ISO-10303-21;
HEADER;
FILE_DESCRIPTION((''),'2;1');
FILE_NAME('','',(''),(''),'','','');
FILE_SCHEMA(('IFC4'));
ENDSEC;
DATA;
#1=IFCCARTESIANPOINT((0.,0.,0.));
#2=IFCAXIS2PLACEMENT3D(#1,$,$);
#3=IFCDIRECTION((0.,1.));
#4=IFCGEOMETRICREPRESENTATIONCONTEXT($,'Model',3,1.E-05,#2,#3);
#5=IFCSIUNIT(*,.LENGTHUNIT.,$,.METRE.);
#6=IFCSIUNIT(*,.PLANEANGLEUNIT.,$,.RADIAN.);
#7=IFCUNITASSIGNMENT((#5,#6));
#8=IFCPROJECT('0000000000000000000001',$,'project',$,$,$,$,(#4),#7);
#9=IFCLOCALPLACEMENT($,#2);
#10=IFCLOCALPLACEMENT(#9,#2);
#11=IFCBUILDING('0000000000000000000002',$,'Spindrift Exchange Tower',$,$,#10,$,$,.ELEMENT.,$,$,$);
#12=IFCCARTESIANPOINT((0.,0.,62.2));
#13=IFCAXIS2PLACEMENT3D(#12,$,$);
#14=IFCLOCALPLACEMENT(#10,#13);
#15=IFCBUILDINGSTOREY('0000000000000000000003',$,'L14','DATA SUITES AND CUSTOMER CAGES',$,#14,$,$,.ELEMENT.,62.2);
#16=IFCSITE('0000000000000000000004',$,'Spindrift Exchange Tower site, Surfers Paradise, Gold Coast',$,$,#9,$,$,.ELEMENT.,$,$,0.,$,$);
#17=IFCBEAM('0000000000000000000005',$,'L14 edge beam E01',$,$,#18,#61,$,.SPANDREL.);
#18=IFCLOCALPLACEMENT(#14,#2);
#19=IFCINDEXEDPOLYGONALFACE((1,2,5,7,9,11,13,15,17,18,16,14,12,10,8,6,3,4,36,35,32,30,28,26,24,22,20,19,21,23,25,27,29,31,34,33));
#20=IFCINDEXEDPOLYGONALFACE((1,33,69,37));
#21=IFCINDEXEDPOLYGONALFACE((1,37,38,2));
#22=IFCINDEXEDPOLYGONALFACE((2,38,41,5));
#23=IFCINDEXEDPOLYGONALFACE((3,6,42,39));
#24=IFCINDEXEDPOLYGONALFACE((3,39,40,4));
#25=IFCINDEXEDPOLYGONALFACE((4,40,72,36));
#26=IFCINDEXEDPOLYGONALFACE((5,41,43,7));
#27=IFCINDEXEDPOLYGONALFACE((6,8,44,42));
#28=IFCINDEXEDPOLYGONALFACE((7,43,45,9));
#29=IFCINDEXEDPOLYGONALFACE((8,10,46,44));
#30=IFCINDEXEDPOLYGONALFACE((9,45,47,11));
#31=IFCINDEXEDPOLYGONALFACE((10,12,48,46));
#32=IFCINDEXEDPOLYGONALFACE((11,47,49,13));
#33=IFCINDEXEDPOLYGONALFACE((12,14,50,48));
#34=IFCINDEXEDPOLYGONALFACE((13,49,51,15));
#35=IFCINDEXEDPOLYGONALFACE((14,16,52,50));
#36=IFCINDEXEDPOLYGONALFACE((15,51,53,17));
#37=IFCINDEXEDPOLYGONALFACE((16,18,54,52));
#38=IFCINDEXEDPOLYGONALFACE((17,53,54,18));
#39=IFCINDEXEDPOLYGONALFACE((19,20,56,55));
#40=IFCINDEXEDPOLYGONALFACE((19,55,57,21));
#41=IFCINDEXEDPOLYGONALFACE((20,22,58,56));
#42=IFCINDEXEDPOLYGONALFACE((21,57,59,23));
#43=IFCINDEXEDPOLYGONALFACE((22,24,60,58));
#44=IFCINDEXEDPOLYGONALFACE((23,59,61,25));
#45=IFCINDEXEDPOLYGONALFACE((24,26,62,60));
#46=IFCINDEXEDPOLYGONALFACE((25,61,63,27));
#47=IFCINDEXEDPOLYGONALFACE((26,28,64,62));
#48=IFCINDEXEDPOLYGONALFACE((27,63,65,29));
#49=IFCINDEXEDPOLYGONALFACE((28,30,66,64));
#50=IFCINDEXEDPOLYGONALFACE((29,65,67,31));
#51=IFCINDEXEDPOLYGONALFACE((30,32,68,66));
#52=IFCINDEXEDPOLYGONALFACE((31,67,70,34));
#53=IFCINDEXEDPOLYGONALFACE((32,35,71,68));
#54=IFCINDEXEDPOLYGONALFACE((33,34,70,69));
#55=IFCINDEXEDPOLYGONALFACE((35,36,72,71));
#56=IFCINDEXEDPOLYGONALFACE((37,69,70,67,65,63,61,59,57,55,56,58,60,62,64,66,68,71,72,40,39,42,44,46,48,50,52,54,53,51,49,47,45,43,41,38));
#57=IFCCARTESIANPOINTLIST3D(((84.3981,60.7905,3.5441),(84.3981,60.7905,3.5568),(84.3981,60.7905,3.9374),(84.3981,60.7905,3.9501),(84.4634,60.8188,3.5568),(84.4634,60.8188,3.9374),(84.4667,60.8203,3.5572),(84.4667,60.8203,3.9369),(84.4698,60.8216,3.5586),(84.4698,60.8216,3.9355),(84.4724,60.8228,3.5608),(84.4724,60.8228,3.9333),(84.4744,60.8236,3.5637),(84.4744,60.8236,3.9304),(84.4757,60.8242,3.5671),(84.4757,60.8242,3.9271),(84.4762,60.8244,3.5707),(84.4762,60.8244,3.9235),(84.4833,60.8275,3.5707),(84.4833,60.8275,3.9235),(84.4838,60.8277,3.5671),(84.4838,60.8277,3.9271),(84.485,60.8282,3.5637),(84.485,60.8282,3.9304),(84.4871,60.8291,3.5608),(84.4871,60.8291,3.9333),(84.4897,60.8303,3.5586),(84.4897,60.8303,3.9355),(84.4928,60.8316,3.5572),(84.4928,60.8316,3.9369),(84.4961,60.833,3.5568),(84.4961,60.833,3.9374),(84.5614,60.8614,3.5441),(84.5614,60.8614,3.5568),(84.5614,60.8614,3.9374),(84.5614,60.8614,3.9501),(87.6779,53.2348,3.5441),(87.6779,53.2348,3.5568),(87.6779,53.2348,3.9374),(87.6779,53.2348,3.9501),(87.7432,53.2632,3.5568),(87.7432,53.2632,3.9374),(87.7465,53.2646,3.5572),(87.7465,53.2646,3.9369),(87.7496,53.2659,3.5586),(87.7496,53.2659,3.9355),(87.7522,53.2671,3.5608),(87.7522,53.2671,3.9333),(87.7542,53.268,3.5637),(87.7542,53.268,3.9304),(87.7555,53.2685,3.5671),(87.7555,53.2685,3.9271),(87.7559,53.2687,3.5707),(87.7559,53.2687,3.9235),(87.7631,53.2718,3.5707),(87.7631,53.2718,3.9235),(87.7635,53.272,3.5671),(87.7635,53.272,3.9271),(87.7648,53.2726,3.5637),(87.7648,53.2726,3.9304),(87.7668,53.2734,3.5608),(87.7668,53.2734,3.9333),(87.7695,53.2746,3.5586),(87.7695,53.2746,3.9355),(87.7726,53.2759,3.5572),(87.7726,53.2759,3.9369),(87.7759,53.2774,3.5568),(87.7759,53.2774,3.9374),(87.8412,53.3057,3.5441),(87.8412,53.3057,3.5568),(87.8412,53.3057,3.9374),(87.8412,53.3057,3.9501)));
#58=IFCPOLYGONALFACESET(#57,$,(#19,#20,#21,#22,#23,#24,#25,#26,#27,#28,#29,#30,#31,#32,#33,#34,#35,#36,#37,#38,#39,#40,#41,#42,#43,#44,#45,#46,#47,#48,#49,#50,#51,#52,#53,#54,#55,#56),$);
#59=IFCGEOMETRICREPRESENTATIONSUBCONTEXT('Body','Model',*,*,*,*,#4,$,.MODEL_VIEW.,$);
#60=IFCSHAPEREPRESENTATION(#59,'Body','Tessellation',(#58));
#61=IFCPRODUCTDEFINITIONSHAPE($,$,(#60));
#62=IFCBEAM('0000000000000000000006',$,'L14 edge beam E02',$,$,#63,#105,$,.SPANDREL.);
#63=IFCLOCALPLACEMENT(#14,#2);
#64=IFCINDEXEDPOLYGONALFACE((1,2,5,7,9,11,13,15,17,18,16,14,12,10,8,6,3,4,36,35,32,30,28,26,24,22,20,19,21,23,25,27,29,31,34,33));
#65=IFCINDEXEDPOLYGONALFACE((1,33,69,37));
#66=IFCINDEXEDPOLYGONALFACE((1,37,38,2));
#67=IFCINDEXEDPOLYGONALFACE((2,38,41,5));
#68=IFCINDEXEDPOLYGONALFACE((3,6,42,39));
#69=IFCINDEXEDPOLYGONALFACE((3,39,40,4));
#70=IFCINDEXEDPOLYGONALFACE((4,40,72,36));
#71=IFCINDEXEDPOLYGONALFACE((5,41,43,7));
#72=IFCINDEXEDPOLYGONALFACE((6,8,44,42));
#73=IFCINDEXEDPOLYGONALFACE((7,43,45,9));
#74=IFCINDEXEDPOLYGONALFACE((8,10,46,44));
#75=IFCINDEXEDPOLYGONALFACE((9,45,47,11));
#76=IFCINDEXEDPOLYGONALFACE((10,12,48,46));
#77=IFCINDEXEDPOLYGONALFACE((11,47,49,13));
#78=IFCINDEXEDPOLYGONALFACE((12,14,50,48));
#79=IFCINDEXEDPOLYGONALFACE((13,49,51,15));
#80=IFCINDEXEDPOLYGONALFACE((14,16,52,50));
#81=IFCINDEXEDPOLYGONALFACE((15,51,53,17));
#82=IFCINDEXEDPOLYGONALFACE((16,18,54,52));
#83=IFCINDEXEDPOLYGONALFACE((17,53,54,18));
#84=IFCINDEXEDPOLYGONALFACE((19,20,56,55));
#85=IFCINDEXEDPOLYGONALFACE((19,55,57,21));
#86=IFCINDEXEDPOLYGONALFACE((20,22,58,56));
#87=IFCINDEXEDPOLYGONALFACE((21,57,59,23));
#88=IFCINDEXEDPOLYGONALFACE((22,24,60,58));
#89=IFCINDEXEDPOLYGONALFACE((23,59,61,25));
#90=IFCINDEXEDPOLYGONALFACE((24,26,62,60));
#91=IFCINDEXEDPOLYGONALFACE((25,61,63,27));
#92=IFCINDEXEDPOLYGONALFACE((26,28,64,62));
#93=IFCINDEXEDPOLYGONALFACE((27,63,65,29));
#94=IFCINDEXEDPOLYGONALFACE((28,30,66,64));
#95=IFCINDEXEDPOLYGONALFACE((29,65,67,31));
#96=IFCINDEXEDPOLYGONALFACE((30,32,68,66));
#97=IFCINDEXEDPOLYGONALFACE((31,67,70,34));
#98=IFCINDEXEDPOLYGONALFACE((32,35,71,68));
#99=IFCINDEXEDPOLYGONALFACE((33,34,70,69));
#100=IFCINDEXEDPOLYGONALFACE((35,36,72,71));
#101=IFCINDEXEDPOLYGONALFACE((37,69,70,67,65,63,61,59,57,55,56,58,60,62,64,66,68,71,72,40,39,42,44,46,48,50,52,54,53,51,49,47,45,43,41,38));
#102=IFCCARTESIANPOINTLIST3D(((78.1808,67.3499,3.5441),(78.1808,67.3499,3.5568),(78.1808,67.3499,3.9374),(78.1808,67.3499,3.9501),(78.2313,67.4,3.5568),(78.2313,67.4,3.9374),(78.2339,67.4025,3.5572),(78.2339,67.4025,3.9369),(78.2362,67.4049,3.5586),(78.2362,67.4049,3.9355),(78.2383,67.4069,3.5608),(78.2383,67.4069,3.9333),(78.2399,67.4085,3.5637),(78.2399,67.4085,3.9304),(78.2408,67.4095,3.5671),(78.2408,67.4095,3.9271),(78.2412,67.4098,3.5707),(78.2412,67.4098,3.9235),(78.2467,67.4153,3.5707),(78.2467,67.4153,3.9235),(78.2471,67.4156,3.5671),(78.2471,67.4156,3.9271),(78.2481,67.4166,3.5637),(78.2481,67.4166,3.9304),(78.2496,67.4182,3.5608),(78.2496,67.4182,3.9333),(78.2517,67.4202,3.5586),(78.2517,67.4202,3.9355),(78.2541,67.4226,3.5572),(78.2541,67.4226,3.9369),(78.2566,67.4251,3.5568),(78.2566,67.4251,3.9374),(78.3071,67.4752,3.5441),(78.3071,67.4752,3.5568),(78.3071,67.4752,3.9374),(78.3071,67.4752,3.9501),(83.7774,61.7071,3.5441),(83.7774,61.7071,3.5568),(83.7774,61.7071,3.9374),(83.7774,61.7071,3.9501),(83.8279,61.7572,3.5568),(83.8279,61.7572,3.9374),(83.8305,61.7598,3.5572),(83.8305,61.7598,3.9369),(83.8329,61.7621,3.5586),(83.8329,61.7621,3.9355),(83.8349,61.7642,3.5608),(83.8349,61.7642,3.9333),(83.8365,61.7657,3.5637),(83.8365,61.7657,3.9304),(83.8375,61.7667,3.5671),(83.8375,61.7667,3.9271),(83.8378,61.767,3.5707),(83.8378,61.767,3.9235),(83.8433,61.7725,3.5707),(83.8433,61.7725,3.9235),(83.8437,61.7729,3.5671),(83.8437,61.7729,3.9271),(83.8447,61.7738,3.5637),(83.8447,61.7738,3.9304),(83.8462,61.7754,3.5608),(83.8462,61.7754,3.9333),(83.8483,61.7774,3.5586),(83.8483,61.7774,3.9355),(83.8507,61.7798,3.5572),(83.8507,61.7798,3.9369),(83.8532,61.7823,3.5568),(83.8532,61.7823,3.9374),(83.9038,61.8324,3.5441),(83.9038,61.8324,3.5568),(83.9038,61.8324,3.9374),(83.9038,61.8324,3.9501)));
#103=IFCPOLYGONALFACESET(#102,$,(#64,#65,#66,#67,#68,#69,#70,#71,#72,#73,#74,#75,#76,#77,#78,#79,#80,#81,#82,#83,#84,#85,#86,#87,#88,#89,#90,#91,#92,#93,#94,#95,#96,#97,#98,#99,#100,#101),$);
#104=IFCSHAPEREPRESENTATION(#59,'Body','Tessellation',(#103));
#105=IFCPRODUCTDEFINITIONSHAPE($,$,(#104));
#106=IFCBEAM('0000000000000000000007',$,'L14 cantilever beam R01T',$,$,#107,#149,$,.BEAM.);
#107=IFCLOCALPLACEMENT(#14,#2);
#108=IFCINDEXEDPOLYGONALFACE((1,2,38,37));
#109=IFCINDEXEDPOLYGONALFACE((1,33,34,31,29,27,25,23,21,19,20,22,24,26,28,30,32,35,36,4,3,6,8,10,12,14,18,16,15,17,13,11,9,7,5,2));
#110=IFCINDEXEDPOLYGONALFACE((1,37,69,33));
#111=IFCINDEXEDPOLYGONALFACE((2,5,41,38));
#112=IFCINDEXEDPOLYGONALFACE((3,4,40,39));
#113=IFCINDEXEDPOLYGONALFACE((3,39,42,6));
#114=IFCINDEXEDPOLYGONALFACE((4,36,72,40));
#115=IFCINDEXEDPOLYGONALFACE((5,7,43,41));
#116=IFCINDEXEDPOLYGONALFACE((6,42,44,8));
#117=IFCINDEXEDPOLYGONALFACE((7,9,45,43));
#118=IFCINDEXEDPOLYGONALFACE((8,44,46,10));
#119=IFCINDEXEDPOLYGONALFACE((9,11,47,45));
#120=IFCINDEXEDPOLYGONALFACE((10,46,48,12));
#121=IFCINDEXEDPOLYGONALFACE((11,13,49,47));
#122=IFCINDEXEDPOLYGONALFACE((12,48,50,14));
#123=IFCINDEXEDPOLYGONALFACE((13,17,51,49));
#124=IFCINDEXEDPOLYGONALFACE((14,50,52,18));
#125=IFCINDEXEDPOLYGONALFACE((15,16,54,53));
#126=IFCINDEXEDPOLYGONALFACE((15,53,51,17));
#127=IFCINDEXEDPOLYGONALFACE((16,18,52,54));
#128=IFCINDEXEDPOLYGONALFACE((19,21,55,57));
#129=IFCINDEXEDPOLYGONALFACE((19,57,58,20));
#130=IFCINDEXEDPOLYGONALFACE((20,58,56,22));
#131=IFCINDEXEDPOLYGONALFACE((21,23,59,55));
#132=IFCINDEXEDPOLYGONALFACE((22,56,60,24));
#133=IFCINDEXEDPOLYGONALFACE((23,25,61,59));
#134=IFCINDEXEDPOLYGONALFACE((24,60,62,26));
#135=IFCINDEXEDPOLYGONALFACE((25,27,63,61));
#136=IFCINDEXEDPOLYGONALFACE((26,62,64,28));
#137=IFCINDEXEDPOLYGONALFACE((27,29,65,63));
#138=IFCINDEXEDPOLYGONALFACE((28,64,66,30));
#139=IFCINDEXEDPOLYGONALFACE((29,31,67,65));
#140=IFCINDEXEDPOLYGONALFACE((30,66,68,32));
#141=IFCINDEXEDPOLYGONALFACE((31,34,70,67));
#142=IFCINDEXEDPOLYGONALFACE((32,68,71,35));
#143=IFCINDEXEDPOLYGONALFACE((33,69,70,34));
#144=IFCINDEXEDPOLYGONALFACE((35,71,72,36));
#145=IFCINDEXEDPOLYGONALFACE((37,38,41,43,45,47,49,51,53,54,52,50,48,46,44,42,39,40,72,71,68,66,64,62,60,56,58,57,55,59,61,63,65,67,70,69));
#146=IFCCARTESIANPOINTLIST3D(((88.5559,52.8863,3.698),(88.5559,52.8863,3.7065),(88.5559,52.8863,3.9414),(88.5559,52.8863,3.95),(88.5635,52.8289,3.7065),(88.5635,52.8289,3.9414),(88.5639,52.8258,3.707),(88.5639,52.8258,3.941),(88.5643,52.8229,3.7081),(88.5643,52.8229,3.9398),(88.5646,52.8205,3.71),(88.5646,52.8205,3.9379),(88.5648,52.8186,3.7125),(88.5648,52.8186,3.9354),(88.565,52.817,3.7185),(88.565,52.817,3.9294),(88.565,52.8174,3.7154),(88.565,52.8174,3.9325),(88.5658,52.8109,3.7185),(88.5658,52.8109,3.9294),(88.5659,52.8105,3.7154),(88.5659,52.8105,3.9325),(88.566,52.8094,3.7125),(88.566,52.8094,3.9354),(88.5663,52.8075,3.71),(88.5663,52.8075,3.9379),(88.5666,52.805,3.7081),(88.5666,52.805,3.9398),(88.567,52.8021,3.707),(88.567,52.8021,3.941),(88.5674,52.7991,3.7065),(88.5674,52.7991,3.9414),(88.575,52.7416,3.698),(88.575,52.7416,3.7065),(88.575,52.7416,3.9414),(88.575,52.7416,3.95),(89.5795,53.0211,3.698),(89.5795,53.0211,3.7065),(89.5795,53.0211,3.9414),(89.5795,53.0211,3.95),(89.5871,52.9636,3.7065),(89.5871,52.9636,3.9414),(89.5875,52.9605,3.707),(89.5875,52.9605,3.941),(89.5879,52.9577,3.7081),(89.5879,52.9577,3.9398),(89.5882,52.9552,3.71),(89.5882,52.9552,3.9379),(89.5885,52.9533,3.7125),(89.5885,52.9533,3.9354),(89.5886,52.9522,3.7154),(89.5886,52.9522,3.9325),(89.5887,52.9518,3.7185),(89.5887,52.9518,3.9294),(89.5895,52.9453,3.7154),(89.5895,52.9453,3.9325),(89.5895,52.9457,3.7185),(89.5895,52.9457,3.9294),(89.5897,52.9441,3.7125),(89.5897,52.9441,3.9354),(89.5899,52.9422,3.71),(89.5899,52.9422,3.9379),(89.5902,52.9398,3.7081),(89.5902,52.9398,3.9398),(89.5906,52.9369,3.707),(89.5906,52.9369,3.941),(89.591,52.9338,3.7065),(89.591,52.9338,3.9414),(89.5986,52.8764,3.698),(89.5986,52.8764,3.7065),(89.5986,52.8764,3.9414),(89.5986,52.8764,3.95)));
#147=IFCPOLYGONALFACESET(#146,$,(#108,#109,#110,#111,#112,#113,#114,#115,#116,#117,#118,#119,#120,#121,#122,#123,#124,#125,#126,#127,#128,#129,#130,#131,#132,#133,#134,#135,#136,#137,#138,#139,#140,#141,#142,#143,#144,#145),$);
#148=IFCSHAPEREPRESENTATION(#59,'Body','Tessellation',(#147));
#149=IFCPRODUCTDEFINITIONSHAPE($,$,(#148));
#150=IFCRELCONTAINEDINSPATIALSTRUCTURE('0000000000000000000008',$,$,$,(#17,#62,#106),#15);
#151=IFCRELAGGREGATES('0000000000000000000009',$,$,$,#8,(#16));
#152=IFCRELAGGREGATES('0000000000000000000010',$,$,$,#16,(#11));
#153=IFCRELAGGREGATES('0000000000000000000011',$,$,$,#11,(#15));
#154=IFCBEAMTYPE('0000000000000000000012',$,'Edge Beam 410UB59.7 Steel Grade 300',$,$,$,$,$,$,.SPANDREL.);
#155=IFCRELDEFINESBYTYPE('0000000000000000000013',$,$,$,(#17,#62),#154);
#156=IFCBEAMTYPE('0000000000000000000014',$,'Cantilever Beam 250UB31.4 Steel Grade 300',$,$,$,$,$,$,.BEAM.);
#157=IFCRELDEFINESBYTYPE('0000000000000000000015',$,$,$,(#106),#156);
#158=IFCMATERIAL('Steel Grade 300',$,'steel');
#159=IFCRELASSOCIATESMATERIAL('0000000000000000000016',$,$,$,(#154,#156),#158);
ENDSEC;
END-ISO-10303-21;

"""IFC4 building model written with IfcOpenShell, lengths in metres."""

from ifc_helpers import new_model, si_unit, direction, frame, origin, origin_2d, place, context, subcontext, project, spatial, i_section, extrude, source, transform, mapped, material, material_profile, profile_set, type_object, element, save


model = new_model("IFC4")

# Units and contexts
model_context = context("Model", 3, precision=1e-05, world=origin(), true_north=direction((0.0, 1.0)))
body_context = subcontext(model_context, "Body", "Model", "MODEL_VIEW")
ifc_project = project(units=[si_unit("LENGTHUNIT", "METRE"), si_unit("PLANEANGLEUNIT", "RADIAN")], contexts=[model_context])

# Site, building, storey
site_placement = place(None, origin())
site = spatial("IfcSite", under=ifc_project, at=site_placement, Name="Spindrift Exchange Tower site, Surfers Paradise, Gold Coast", CompositionType="ELEMENT", RefElevation=0.0)
building_placement = place(site_placement, origin())
building = spatial("IfcBuilding", under=site, at=building_placement, Name="Spindrift Exchange Tower", CompositionType="ELEMENT")
storey_placement = place(building_placement, frame((0.0, 0.0, 62.2)))
storey = spatial("IfcBuildingStorey", under=building, at=storey_placement, Name="L14", Description="DATA SUITES AND CUSTOMER CAGES", CompositionType="ELEMENT", Elevation=62.2)

# Beams
ifc_material_1 = material(Name="Steel Grade 300", Category="steel")
ifc_material_profile_1 = material_profile(ifc_material_1, i_section(OverallWidth=0.178, OverallDepth=0.406, WebThickness=0.0078, FlangeThickness=0.0127, FilletRadius=0.0139, at=origin_2d()), Name="410UB59.7")
ifc_profile_set_1 = profile_set([ifc_material_profile_1], Name="Steel Grade 300")
beam_type_1 = type_object("IfcBeamType", Name="Edge Beam 410UB59.7 Steel Grade 300", PredefinedType="SPANDREL", material=ifc_profile_set_1)
shared_shape_1 = source(origin(), body_context, "Body", "SweptSolid", [
    extrude(i_section(OverallWidth=0.178, OverallDepth=0.406, WebThickness=0.0078, FlangeThickness=0.0127, FilletRadius=0.0139, at=origin_2d()), origin(), (0.0, 0.0, 1.0), 8.2368),
])
beam_1_placement = place(storey_placement, frame((87.7595, 53.2703, 3.7471), z_axis=(-0.398186, 0.917305, 0.0), x_axis=(-0.917305, -0.398186, 0.0)))
element("IfcBeam", 1, at=beam_1_placement, inside=storey, type_object=beam_type_1, Name="L14 edge beam E01", PredefinedType="SPANDREL", context=body_context, shape_type="MappedRepresentation", body=[
    mapped(shared_shape_1, transform((0.0, 0.0, 0.0), scale=1.0)),
])
shared_shape_2 = source(origin(), body_context, "Body", "SweptSolid", [
    extrude(i_section(OverallWidth=0.178, OverallDepth=0.406, WebThickness=0.0078, FlangeThickness=0.0127, FilletRadius=0.0139, at=origin_2d()), origin(), (0.0, 0.0, 1.0), 7.9475),
])
beam_2_placement = place(storey_placement, frame((83.8406, 61.7698, 3.7471), z_axis=(-0.704198, 0.710004, 0.0), x_axis=(-0.710004, -0.704198, 0.0)))
element("IfcBeam", 2, at=beam_2_placement, inside=storey, type_object=beam_type_1, Name="L14 edge beam E02", PredefinedType="SPANDREL", context=body_context, shape_type="MappedRepresentation", body=[
    mapped(shared_shape_2, transform((0.0, 0.0, 0.0), scale=1.0)),
])
ifc_material_profile_2 = material_profile(ifc_material_1, i_section(OverallWidth=0.146, OverallDepth=0.252, WebThickness=0.0061, FlangeThickness=0.0085, FilletRadius=0.012, at=origin_2d()), Name="250UB31.4")
ifc_profile_set_2 = profile_set([ifc_material_profile_2], Name="Steel Grade 300")
beam_type_2 = type_object("IfcBeamType", Name="Cantilever Beam 250UB31.4 Steel Grade 300", PredefinedType="BEAM", material=ifc_profile_set_2)
shared_shape_3 = source(origin(), body_context, "Body", "SweptSolid", [
    extrude(i_section(OverallWidth=0.146, OverallDepth=0.252, WebThickness=0.0061, FlangeThickness=0.0085, FilletRadius=0.012, at=origin_2d()), origin(), (0.0, 0.0, 1.0), 1.0325),
])
beam_3_placement = place(storey_placement, frame((88.5654, 52.814, 3.824), z_axis=(0.991445, 0.130522, 0.0), x_axis=(-0.130522, 0.991445, 0.0)))
element("IfcBeam", 3, at=beam_3_placement, inside=storey, type_object=beam_type_2, Name="L14 cantilever beam R01T", PredefinedType="BEAM", context=body_context, shape_type="MappedRepresentation", body=[
    mapped(shared_shape_3, transform((0.0, 0.0, 0.0), scale=1.0)),
])

save(model, "model.ifc")
